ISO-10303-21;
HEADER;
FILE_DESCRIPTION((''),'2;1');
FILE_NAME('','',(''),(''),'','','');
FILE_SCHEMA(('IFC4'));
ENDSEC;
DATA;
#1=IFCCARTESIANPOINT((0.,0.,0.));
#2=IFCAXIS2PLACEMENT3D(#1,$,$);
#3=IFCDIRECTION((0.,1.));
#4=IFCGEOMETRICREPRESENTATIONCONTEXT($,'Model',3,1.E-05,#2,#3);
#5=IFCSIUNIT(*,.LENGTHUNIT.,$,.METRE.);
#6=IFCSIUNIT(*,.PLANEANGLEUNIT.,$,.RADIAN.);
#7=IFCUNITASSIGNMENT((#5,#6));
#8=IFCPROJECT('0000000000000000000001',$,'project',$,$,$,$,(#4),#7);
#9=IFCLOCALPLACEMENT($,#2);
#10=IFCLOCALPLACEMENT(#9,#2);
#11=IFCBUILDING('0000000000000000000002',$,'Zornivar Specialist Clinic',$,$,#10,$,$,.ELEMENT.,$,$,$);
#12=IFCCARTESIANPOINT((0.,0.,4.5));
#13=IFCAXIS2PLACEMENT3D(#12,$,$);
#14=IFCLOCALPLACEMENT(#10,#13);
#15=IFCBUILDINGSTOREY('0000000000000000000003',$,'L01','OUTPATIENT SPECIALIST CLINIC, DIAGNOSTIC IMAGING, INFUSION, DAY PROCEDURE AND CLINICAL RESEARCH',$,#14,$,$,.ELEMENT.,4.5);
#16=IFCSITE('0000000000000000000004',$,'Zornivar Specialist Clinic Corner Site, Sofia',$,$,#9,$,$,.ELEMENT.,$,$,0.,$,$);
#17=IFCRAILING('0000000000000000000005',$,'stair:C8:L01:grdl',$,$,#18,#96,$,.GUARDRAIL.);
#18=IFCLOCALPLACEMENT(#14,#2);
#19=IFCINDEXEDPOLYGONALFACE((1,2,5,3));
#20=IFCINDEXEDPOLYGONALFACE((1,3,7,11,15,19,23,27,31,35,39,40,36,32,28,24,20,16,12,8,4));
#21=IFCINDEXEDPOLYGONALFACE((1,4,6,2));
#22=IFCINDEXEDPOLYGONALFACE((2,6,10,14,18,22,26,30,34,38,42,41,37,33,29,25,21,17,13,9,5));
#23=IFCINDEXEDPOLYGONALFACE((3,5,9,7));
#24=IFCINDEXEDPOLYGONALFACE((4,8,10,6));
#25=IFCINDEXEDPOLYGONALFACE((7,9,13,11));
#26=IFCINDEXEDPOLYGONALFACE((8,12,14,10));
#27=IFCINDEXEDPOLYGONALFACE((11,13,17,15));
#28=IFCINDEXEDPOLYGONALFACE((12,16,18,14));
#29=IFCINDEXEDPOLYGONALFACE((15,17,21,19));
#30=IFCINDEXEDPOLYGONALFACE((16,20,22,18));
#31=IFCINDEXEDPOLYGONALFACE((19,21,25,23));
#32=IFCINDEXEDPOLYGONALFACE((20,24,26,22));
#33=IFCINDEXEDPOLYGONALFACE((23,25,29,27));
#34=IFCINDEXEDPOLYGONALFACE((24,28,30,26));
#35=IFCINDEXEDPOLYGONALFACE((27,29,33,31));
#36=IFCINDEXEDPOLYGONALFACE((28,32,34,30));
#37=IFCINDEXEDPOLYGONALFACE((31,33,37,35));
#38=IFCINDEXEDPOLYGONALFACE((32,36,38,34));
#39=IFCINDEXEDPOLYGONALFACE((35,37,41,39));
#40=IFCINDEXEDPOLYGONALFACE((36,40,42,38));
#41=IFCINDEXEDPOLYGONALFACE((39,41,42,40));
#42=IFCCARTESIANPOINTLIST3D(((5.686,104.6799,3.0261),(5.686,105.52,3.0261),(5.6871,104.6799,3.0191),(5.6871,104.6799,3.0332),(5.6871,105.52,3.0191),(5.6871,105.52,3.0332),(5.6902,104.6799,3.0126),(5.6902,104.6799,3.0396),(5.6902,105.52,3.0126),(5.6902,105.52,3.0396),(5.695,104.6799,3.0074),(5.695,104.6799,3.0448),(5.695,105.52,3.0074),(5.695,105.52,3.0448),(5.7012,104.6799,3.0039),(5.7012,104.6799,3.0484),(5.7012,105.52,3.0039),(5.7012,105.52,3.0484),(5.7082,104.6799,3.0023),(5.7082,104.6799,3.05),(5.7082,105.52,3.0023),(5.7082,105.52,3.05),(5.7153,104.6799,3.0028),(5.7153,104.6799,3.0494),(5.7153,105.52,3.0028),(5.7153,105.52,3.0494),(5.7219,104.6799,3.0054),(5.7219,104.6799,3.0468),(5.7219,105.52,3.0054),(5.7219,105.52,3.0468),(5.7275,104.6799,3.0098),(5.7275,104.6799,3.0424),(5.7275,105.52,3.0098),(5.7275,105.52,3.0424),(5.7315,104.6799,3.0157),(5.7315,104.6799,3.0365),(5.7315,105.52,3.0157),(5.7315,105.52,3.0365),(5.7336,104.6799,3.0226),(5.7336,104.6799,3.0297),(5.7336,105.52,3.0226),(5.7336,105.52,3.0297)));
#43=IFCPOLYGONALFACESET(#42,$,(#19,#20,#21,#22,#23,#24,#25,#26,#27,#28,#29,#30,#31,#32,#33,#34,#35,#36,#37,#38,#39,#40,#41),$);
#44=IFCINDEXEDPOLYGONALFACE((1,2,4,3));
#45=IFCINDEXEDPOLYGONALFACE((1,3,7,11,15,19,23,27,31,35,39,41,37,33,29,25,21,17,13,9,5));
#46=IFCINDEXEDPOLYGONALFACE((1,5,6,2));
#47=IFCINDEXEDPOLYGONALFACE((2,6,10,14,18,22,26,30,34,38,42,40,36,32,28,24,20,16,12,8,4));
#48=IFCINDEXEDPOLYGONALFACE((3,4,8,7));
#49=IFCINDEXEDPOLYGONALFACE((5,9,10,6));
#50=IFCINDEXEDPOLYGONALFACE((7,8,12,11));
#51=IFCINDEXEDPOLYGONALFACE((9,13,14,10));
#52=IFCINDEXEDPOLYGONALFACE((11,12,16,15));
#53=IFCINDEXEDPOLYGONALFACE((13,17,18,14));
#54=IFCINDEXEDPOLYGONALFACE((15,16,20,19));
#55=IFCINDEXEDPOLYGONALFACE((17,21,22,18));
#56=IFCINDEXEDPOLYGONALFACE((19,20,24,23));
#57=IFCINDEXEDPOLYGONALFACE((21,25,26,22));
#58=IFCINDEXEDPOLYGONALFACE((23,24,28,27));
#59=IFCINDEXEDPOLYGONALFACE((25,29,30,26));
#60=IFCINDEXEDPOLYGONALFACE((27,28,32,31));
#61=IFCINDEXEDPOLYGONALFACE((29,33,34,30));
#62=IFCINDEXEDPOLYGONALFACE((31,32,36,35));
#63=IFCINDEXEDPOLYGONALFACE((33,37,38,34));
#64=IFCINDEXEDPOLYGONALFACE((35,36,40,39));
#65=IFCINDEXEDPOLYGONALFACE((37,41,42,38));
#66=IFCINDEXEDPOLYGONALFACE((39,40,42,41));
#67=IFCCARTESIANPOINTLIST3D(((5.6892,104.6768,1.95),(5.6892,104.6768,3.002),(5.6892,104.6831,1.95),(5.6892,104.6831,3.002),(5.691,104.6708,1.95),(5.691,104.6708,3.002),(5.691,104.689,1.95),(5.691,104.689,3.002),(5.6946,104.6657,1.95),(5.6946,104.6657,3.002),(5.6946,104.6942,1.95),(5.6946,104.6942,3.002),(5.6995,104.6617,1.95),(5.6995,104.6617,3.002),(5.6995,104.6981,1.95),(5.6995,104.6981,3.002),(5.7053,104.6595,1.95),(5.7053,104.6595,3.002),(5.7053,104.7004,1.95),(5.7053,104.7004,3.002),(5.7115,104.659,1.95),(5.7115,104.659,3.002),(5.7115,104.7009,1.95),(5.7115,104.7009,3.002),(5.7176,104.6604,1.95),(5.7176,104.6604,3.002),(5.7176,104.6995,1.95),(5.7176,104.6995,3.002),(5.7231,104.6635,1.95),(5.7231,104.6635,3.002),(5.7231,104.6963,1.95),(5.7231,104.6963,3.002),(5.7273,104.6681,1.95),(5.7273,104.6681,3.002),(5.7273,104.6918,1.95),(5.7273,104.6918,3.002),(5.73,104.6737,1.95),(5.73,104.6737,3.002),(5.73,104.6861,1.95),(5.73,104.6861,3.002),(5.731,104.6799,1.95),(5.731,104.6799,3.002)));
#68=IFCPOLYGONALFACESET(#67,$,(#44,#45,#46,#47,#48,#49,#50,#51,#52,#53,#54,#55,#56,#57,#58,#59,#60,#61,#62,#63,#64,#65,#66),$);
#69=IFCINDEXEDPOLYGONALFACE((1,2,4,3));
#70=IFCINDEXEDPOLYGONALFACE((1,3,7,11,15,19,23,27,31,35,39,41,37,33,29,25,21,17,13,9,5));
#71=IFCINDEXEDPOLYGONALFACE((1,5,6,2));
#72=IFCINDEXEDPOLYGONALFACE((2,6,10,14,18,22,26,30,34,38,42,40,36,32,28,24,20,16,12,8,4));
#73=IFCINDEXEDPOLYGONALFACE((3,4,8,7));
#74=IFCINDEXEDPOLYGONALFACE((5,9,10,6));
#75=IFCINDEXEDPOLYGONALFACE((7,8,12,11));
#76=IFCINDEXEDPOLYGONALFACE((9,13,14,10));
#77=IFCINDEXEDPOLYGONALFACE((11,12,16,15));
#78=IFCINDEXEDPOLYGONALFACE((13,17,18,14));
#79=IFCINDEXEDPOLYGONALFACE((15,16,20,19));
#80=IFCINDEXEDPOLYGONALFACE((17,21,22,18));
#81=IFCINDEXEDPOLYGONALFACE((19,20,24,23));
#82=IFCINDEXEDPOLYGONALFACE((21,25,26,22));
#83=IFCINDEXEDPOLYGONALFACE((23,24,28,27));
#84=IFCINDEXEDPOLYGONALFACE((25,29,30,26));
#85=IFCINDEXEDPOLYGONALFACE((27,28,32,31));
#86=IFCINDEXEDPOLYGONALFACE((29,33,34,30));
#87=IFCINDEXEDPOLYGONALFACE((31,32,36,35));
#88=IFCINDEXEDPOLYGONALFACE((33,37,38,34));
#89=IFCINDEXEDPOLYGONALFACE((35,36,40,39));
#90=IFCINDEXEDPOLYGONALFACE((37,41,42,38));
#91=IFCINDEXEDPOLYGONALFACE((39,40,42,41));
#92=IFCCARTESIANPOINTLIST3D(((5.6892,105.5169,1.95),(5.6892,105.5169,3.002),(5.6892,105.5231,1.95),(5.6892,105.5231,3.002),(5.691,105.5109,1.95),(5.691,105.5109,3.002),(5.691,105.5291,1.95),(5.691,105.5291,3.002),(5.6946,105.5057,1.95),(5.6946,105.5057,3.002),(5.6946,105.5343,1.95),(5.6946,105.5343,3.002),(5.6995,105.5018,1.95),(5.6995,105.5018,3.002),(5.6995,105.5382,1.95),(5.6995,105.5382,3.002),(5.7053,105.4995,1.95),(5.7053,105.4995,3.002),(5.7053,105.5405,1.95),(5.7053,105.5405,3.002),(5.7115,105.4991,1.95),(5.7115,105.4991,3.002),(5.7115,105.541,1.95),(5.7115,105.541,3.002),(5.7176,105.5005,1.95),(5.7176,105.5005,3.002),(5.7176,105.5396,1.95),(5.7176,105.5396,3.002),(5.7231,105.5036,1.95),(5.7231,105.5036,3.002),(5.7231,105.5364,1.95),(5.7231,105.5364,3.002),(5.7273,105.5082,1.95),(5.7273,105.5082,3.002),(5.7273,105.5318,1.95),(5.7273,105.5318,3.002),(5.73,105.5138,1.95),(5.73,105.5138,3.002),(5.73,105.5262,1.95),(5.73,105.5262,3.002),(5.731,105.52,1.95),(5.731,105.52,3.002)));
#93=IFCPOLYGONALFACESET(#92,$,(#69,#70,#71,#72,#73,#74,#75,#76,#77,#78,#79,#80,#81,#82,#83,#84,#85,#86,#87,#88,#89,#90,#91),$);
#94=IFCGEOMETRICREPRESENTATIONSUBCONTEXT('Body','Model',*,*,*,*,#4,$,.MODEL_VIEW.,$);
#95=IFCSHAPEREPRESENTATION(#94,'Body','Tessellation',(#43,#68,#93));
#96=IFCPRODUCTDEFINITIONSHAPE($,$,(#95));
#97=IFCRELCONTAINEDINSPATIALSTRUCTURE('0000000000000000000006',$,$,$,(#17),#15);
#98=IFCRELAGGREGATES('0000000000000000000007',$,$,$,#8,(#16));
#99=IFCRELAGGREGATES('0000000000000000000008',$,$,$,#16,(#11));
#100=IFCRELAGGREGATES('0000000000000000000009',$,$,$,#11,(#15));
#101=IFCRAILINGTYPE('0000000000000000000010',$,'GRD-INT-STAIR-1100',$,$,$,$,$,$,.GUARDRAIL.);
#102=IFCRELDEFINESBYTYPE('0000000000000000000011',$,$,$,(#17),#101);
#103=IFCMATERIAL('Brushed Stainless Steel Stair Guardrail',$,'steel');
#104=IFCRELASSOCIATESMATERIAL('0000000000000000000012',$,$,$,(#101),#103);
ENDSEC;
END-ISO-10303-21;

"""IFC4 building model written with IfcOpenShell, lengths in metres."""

from ifc_helpers import new_model, si_unit, direction, frame, origin, origin_2d, place, context, subcontext, project, spatial, circle, extrude, material, type_object, element, save


model = new_model("IFC4")

# Units and contexts
model_context = context("Model", 3, precision=1e-05, world=origin(), true_north=direction((0.0, 1.0)))
body_context = subcontext(model_context, "Body", "Model", "MODEL_VIEW")
ifc_project = project(units=[si_unit("LENGTHUNIT", "METRE"), si_unit("PLANEANGLEUNIT", "RADIAN")], contexts=[model_context])

# Site, building, storey
site_placement = place(None, origin())
site = spatial("IfcSite", under=ifc_project, at=site_placement, Name="Zornivar Specialist Clinic Corner Site, Sofia", CompositionType="ELEMENT", RefElevation=0.0)
building_placement = place(site_placement, origin())
building = spatial("IfcBuilding", under=site, at=building_placement, Name="Zornivar Specialist Clinic", CompositionType="ELEMENT")
storey_placement = place(building_placement, frame((0.0, 0.0, 4.5)))
storey = spatial("IfcBuildingStorey", under=building, at=storey_placement, Name="L01", Description="OUTPATIENT SPECIALIST CLINIC, DIAGNOSTIC IMAGING, INFUSION, DAY PROCEDURE AND CLINICAL RESEARCH", CompositionType="ELEMENT", Elevation=4.5)

# Railing
ifc_material_1 = material(Name="Brushed Stainless Steel Stair Guardrail", Category="steel")
railing_type_1 = type_object("IfcRailingType", Name="GRD-INT-STAIR-1100", PredefinedType="GUARDRAIL", material=ifc_material_1)
railing_1_placement = place(storey_placement, frame((5.71, 104.6799, 1.95)))
element("IfcRailing", 1, at=railing_1_placement, inside=storey, type_object=railing_type_1, Name="stair:C8:L01:grdl", PredefinedType="GUARDRAIL", context=body_context, shape_type="SweptSolid", body=[
    extrude(circle(Radius=0.0239, at=origin_2d()), frame((0.0, 0.0, 1.0762), z_axis=(0.0, 1.0, 0.0), x_axis=(-1.0, 0.0, 0.0)), (0.0, 0.0, 1.0), 0.8401),
    extrude(circle(Radius=0.021, at=origin_2d()), origin(), (0.0, 0.0, 1.0), 1.052),
    extrude(circle(Radius=0.021, at=origin_2d()), frame((0.0, 0.8401, 0.0)), (0.0, 0.0, 1.0), 1.052),
])

save(model, "model.ifc")
